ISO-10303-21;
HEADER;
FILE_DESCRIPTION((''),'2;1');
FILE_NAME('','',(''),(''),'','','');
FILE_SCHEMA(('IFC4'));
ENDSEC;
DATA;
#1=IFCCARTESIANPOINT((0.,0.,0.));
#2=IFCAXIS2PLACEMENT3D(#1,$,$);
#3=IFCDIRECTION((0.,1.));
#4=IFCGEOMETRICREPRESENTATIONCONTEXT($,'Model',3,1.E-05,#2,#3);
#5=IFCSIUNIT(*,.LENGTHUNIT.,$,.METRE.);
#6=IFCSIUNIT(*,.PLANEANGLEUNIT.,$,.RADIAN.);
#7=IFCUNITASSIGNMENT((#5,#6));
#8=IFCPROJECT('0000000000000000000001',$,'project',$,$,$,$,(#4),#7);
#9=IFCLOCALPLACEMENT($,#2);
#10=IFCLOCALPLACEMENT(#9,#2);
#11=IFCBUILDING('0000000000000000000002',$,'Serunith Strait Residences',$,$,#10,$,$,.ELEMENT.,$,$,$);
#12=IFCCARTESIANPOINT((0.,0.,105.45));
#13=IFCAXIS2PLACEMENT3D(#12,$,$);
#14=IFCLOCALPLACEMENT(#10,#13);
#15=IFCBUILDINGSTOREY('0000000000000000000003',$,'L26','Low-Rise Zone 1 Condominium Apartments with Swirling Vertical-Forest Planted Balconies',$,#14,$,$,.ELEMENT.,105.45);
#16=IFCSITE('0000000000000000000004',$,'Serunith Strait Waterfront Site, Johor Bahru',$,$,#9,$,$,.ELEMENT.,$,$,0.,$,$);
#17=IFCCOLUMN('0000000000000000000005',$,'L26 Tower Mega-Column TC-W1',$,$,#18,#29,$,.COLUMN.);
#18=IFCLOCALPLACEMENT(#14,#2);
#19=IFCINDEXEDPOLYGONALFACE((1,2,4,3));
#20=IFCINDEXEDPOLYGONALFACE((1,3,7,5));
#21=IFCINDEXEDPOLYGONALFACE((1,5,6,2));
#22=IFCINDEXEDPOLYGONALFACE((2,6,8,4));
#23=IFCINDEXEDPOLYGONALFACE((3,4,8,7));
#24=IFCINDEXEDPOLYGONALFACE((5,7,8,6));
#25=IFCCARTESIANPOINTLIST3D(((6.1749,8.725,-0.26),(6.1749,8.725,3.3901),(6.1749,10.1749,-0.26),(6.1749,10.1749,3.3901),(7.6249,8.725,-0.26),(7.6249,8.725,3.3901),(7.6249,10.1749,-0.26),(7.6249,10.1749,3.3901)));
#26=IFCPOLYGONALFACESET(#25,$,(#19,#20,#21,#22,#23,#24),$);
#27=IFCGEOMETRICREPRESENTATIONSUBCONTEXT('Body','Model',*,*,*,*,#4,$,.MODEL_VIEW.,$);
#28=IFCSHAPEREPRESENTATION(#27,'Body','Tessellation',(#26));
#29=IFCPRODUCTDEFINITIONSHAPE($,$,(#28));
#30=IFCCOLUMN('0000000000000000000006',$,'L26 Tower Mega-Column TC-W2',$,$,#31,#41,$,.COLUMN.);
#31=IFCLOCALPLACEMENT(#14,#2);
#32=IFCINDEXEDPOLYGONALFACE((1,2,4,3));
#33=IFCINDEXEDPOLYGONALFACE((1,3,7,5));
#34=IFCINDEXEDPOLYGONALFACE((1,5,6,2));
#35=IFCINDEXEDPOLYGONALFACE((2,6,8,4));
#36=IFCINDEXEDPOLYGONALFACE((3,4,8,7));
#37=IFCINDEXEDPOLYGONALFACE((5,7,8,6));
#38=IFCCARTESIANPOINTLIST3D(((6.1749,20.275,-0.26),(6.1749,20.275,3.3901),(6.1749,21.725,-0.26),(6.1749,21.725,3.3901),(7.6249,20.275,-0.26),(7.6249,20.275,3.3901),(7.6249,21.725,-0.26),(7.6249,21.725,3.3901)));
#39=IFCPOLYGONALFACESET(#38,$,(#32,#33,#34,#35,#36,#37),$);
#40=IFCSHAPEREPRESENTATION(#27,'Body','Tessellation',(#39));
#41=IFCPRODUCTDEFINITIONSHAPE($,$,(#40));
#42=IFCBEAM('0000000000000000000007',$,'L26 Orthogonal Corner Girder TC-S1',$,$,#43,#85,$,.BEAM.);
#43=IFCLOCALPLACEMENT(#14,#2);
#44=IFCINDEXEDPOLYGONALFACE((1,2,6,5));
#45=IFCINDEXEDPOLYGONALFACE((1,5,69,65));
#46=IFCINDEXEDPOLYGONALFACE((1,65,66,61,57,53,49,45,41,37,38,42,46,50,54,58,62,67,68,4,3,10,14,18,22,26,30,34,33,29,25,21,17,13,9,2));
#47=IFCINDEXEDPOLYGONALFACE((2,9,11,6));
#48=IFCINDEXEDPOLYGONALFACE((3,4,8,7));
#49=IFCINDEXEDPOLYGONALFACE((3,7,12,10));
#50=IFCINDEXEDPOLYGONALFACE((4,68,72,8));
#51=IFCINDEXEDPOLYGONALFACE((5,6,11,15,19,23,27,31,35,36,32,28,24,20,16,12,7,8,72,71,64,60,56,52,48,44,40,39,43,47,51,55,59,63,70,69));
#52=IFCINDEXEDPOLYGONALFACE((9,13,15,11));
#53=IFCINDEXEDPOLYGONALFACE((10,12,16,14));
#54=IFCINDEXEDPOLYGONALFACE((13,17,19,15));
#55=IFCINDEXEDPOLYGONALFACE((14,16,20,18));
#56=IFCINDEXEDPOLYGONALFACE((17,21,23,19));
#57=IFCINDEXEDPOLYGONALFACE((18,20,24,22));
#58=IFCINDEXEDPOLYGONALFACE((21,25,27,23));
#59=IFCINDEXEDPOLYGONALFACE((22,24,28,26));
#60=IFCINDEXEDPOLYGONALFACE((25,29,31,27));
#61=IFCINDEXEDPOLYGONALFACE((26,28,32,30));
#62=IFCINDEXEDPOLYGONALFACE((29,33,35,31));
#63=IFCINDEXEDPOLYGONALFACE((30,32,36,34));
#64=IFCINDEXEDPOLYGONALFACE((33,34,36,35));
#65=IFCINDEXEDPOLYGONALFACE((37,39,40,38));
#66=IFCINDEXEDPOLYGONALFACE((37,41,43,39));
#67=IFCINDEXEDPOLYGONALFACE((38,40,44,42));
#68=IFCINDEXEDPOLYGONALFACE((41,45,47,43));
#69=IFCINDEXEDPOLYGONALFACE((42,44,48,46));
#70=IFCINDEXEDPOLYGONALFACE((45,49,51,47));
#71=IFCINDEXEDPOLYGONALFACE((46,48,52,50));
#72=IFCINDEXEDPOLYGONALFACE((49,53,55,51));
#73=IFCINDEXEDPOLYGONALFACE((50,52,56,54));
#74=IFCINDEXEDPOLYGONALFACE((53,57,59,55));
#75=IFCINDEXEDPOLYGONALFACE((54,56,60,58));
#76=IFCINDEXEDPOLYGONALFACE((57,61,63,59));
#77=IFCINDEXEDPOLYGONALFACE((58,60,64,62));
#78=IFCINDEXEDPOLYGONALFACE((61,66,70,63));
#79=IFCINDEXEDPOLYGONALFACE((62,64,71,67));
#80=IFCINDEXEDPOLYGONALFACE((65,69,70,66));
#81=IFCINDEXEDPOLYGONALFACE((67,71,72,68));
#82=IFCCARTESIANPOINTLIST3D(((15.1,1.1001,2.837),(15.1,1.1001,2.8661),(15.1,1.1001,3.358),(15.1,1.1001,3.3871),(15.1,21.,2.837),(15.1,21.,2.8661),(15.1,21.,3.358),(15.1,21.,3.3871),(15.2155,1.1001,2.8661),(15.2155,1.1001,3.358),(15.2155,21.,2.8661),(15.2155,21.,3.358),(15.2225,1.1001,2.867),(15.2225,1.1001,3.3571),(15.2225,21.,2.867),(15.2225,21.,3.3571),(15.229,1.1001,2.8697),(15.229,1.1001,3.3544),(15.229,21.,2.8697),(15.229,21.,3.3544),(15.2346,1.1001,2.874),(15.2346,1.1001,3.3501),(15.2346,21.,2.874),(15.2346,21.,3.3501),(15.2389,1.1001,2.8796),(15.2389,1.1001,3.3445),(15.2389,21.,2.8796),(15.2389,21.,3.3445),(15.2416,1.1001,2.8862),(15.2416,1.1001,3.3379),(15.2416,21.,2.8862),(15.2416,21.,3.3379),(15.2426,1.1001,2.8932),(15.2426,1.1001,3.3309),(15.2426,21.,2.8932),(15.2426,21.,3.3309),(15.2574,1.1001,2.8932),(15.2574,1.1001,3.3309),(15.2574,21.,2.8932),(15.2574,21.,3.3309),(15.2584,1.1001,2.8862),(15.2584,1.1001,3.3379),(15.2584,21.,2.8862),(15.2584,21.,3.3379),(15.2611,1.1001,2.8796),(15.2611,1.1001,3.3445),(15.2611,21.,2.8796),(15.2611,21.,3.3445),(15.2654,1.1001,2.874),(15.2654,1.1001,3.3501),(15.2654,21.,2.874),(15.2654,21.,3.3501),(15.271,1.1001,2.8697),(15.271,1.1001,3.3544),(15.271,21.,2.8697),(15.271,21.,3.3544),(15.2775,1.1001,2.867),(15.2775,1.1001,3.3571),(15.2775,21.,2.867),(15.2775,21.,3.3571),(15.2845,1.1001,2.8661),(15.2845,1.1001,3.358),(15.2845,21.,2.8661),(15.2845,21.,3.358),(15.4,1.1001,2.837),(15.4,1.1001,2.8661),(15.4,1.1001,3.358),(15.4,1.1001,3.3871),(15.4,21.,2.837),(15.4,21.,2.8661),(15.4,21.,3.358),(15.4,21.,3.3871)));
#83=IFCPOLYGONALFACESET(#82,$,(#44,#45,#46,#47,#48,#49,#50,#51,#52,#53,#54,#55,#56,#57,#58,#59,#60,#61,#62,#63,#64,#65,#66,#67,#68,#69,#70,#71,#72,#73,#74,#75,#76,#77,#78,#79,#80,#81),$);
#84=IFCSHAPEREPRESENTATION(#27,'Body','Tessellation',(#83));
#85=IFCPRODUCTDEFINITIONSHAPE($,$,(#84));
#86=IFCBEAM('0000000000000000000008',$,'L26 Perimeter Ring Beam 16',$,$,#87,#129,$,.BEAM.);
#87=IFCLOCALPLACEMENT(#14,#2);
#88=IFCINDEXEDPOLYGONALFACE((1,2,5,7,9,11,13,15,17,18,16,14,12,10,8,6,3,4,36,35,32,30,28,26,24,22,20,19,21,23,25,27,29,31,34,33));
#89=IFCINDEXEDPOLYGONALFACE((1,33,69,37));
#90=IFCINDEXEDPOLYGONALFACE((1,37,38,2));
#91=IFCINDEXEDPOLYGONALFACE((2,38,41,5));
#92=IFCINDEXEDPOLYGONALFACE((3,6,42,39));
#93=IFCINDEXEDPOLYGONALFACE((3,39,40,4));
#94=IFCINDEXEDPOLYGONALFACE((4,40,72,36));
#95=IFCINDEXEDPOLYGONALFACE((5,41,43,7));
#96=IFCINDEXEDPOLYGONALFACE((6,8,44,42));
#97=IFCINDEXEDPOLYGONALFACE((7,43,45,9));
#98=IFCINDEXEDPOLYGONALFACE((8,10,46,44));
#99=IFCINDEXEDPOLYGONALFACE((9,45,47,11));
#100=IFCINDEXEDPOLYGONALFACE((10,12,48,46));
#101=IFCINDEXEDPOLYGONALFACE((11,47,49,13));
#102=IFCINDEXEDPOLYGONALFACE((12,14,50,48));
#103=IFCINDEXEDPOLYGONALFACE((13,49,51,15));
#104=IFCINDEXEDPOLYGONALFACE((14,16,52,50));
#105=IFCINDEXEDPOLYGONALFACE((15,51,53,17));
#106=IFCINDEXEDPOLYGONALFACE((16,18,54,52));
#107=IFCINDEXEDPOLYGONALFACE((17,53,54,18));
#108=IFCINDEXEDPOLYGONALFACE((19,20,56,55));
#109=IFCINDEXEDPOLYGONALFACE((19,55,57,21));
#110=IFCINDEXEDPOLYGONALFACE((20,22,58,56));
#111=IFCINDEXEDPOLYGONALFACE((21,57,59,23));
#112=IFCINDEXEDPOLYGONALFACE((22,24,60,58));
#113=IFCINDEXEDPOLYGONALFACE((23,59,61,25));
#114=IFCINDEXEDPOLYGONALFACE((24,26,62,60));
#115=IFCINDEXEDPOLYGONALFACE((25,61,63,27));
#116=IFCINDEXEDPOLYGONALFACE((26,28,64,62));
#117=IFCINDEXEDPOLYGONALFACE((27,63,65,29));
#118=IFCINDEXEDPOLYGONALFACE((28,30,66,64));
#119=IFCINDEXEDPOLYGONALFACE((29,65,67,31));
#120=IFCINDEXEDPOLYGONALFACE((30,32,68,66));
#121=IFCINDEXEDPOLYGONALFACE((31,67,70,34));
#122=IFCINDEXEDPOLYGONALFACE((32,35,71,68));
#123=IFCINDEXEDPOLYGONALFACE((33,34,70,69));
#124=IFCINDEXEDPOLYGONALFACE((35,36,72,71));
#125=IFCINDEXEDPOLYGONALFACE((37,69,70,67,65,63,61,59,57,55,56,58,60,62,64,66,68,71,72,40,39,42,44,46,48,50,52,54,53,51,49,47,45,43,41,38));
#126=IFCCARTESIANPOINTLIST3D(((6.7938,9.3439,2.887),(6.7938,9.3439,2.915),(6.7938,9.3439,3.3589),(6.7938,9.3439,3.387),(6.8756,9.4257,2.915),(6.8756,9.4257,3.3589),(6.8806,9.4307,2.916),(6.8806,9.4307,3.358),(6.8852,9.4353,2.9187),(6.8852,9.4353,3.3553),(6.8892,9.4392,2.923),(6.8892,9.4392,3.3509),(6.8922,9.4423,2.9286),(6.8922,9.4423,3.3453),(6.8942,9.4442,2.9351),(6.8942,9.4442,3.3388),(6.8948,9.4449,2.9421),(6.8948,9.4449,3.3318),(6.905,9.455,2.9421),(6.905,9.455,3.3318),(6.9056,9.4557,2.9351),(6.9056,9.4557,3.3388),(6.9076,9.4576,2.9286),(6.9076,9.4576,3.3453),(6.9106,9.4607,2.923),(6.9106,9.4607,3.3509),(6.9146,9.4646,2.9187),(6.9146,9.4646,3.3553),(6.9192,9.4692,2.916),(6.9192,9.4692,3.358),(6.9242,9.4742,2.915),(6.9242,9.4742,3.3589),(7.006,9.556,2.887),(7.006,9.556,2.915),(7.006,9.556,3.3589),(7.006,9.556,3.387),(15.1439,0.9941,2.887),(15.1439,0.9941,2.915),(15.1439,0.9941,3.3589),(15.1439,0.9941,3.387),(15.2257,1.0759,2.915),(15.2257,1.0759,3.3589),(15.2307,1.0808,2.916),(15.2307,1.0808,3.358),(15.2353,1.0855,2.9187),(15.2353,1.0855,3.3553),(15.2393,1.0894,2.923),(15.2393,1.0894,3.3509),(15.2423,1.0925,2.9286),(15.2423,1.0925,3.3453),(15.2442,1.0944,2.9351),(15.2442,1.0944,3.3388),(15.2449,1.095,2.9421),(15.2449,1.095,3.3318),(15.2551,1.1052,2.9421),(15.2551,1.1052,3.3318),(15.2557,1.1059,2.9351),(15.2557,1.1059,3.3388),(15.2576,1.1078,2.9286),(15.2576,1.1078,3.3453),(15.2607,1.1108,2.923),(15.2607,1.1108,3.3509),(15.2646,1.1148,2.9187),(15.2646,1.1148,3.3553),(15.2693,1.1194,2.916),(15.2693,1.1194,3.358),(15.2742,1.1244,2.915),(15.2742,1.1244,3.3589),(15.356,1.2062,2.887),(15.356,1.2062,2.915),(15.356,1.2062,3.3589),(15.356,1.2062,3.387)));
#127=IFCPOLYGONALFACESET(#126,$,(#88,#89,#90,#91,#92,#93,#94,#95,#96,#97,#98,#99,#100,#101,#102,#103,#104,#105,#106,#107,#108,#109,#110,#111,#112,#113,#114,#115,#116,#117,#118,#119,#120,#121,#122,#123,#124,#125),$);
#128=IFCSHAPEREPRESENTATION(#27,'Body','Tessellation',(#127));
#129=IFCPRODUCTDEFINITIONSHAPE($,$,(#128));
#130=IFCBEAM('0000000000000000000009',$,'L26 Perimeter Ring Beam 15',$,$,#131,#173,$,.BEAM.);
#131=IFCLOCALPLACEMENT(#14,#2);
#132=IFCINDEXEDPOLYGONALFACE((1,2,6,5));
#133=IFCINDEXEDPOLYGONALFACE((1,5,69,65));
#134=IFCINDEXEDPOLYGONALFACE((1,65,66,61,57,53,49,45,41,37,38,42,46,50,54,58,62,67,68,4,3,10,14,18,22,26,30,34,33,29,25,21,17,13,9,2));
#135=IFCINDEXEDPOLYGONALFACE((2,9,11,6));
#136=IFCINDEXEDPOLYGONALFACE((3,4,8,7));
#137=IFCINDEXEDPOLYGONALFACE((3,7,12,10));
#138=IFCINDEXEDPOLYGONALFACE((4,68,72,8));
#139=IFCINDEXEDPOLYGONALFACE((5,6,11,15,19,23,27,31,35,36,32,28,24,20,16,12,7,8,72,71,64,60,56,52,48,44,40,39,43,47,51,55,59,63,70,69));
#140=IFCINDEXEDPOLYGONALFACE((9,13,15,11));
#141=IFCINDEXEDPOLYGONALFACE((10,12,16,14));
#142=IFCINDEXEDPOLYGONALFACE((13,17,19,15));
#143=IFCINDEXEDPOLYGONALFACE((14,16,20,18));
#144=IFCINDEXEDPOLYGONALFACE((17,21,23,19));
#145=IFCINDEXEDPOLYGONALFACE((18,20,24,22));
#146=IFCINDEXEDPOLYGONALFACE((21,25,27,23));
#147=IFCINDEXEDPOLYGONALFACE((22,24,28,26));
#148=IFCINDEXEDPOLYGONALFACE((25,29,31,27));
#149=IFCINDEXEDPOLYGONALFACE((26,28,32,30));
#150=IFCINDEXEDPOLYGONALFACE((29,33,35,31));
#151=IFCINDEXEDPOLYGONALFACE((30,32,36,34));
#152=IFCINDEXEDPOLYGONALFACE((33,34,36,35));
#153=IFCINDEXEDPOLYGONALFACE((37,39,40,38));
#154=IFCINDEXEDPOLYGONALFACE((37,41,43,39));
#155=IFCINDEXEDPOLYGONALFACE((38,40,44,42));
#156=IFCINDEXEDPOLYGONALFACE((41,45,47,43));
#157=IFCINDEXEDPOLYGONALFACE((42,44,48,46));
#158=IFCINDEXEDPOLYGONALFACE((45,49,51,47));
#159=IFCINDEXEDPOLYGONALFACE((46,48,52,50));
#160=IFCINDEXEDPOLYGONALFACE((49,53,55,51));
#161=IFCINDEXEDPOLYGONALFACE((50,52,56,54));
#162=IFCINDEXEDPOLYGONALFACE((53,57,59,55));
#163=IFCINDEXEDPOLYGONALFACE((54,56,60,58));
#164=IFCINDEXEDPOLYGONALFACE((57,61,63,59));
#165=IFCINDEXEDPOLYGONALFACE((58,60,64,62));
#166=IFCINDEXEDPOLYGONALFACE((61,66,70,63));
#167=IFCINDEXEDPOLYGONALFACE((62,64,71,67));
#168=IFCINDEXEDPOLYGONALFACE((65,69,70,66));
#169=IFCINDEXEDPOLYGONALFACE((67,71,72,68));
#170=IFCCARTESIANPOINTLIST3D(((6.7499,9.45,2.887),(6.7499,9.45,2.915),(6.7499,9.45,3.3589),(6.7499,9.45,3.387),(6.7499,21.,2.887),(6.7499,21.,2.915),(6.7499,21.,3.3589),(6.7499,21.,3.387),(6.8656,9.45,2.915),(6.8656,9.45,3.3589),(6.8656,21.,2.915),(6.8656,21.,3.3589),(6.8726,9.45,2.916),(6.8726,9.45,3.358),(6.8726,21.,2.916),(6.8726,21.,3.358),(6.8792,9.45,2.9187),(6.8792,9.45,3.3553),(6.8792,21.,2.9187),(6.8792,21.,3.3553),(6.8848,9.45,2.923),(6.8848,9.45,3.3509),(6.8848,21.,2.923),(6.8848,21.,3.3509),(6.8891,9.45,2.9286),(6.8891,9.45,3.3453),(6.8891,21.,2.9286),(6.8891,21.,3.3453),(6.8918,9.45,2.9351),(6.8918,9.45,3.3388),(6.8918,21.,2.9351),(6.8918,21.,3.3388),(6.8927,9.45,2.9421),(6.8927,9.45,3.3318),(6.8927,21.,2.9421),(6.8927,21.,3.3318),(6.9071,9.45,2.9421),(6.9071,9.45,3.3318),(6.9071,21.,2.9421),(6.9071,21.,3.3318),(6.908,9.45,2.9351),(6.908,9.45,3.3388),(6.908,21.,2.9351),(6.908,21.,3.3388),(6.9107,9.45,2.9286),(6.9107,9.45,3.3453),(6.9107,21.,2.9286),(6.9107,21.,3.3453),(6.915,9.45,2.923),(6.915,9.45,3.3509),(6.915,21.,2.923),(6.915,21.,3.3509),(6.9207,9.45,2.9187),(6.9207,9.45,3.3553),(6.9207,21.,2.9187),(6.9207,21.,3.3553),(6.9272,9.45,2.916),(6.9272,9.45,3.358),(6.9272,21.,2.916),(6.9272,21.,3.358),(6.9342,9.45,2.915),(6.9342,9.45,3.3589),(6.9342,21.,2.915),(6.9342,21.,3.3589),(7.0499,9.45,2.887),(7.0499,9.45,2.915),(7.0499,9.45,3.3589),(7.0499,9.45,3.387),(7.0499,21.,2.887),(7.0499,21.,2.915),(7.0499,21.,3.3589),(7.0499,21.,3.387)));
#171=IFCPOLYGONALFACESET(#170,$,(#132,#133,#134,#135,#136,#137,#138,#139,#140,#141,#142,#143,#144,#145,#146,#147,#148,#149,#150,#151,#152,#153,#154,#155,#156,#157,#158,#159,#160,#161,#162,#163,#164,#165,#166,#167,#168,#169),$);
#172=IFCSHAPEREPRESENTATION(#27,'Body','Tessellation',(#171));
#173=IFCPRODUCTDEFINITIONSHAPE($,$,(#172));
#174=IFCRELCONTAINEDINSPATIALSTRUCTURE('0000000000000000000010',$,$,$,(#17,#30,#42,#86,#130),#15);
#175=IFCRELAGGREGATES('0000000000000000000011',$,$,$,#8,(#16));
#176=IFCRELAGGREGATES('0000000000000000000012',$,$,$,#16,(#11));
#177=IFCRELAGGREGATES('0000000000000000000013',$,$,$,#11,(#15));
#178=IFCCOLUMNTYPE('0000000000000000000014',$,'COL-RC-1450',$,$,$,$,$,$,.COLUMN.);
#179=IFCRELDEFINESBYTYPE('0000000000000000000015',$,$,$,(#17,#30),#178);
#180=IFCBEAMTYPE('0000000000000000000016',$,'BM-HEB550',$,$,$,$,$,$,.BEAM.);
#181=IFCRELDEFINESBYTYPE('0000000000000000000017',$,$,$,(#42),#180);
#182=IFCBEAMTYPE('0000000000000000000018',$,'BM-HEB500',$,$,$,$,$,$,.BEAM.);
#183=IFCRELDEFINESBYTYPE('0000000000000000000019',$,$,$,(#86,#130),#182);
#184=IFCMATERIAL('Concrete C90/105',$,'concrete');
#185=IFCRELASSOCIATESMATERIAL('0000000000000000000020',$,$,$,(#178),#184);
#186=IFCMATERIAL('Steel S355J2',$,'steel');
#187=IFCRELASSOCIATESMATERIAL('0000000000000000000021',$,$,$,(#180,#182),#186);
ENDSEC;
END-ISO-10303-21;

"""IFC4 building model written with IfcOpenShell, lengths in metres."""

from ifc_helpers import new_model, si_unit, direction, frame, origin, origin_2d, place, context, subcontext, project, spatial, rectangle, i_section, extrude, source, transform, mapped, material, material_profile, profile_set, type_object, element, save


model = new_model("IFC4")

# Units and contexts
model_context = context("Model", 3, precision=1e-05, world=origin(), true_north=direction((0.0, 1.0)))
body_context = subcontext(model_context, "Body", "Model", "MODEL_VIEW")
ifc_project = project(units=[si_unit("LENGTHUNIT", "METRE"), si_unit("PLANEANGLEUNIT", "RADIAN")], contexts=[model_context])

# Site, building, storey
site_placement = place(None, origin())
site = spatial("IfcSite", under=ifc_project, at=site_placement, Name="Serunith Strait Waterfront Site, Johor Bahru", CompositionType="ELEMENT", RefElevation=0.0)
building_placement = place(site_placement, origin())
building = spatial("IfcBuilding", under=site, at=building_placement, Name="Serunith Strait Residences", CompositionType="ELEMENT")
storey_placement = place(building_placement, frame((0.0, 0.0, 105.45)))
storey = spatial("IfcBuildingStorey", under=building, at=storey_placement, Name="L26", Description="Low-Rise Zone 1 Condominium Apartments with Swirling Vertical-Forest Planted Balconies", CompositionType="ELEMENT", Elevation=105.45)

# Columns
ifc_material_1 = material(Name="Concrete C90/105", Category="concrete")
ifc_material_profile_1 = material_profile(ifc_material_1, rectangle(XDim=1.45, YDim=1.45, at=origin_2d()), Name="RC 1450x1450")
ifc_profile_set_1 = profile_set([ifc_material_profile_1], Name="Concrete C90/105")
column_type = type_object("IfcColumnType", Name="COL-RC-1450", PredefinedType="COLUMN", material=ifc_profile_set_1)
shared_shape_1 = source(origin(), body_context, "Body", "SweptSolid", [
    extrude(rectangle(XDim=1.45, YDim=1.45, at=origin_2d()), origin(), (0.0, 0.0, 1.0), 3.6501),
])
for number, where, z_axis, x_axis, name in (
    (1, (6.8999, 9.45, -0.26), (0.0, 0.0, 1.0), (1.0, 0.0, 0.0), "L26 Tower Mega-Column TC-W1"),
    (2, (6.8999, 21.0, -0.26), (0.0, 0.0, 1.0), (1.0, 0.0, 0.0), "L26 Tower Mega-Column TC-W2"),
):
    element("IfcColumn", number, at=place(storey_placement, frame(where, z_axis=z_axis, x_axis=x_axis)), inside=storey, type_object=column_type, Name=name, PredefinedType="COLUMN", context=body_context, shape_type="MappedRepresentation", body=[
        mapped(shared_shape_1, transform((0.0, 0.0, 0.0), scale=1.0)),
    ])

# Beams
ifc_material_2 = material(Name="Steel S355J2", Category="steel")
ifc_material_profile_2 = material_profile(ifc_material_2, i_section(OverallWidth=0.3, OverallDepth=0.55, WebThickness=0.0149, FlangeThickness=0.0291, FilletRadius=0.0271, at=origin_2d()), Name="HEB 550")
ifc_profile_set_2 = profile_set([ifc_material_profile_2], Name="Steel S355J2")
beam_type_1 = type_object("IfcBeamType", Name="BM-HEB550", PredefinedType="BEAM", material=ifc_profile_set_2)
shared_shape_2 = source(origin(), body_context, "Body", "SweptSolid", [
    extrude(i_section(OverallWidth=0.3, OverallDepth=0.55, WebThickness=0.0149, FlangeThickness=0.0291, FilletRadius=0.0271, at=origin_2d()), origin(), (0.0, 0.0, 1.0), 19.8999),
])
beam_1_placement = place(storey_placement, frame((15.25, 21.0, 3.1121), z_axis=(0.0, -1.0, 0.0), x_axis=(1.0, 0.0, 0.0)))
element("IfcBeam", 3, at=beam_1_placement, inside=storey, type_object=beam_type_1, Name="L26 Orthogonal Corner Girder TC-S1", PredefinedType="BEAM", context=body_context, shape_type="MappedRepresentation", body=[
    mapped(shared_shape_2, transform((0.0, 0.0, 0.0), scale=1.0)),
])
ifc_material_profile_3 = material_profile(ifc_material_2, i_section(OverallWidth=0.3, OverallDepth=0.5, WebThickness=0.0144, FlangeThickness=0.0281, FilletRadius=0.0271, at=origin_2d()), Name="HEB 500")
ifc_profile_set_3 = profile_set([ifc_material_profile_3], Name="Steel S355J2")
beam_type_2 = type_object("IfcBeamType", Name="BM-HEB500", PredefinedType="BEAM", material=ifc_profile_set_3)
shared_shape_3 = source(origin(), body_context, "Body", "SweptSolid", [
    extrude(i_section(OverallWidth=0.3, OverallDepth=0.5, WebThickness=0.0144, FlangeThickness=0.0281, FilletRadius=0.0271, at=origin_2d()), origin(), (0.0, 0.0, 1.0), 11.8086),
])
beam_2_placement = place(storey_placement, frame((6.8999, 9.45, 3.137), z_axis=(0.707117, -0.707096, 0.0), x_axis=(0.707096, 0.707117, 0.0)))
element("IfcBeam", 4, at=beam_2_placement, inside=storey, type_object=beam_type_2, Name="L26 Perimeter Ring Beam 16", PredefinedType="BEAM", context=body_context, shape_type="MappedRepresentation", body=[
    mapped(shared_shape_3, transform((0.0, 0.0, 0.0), scale=1.0)),
])
shared_shape_4 = source(origin(), body_context, "Body", "SweptSolid", [
    extrude(i_section(OverallWidth=0.3, OverallDepth=0.5, WebThickness=0.0144, FlangeThickness=0.0281, FilletRadius=0.0271, at=origin_2d()), origin(), (0.0, 0.0, 1.0), 11.55),
])
beam_3_placement = place(storey_placement, frame((6.8999, 21.0, 3.137), z_axis=(0.0, -1.0, 0.0), x_axis=(1.0, 0.0, 0.0)))
element("IfcBeam", 5, at=beam_3_placement, inside=storey, type_object=beam_type_2, Name="L26 Perimeter Ring Beam 15", PredefinedType="BEAM", context=body_context, shape_type="MappedRepresentation", body=[
    mapped(shared_shape_4, transform((0.0, 0.0, 0.0), scale=1.0)),
])

save(model, "model.ifc")
